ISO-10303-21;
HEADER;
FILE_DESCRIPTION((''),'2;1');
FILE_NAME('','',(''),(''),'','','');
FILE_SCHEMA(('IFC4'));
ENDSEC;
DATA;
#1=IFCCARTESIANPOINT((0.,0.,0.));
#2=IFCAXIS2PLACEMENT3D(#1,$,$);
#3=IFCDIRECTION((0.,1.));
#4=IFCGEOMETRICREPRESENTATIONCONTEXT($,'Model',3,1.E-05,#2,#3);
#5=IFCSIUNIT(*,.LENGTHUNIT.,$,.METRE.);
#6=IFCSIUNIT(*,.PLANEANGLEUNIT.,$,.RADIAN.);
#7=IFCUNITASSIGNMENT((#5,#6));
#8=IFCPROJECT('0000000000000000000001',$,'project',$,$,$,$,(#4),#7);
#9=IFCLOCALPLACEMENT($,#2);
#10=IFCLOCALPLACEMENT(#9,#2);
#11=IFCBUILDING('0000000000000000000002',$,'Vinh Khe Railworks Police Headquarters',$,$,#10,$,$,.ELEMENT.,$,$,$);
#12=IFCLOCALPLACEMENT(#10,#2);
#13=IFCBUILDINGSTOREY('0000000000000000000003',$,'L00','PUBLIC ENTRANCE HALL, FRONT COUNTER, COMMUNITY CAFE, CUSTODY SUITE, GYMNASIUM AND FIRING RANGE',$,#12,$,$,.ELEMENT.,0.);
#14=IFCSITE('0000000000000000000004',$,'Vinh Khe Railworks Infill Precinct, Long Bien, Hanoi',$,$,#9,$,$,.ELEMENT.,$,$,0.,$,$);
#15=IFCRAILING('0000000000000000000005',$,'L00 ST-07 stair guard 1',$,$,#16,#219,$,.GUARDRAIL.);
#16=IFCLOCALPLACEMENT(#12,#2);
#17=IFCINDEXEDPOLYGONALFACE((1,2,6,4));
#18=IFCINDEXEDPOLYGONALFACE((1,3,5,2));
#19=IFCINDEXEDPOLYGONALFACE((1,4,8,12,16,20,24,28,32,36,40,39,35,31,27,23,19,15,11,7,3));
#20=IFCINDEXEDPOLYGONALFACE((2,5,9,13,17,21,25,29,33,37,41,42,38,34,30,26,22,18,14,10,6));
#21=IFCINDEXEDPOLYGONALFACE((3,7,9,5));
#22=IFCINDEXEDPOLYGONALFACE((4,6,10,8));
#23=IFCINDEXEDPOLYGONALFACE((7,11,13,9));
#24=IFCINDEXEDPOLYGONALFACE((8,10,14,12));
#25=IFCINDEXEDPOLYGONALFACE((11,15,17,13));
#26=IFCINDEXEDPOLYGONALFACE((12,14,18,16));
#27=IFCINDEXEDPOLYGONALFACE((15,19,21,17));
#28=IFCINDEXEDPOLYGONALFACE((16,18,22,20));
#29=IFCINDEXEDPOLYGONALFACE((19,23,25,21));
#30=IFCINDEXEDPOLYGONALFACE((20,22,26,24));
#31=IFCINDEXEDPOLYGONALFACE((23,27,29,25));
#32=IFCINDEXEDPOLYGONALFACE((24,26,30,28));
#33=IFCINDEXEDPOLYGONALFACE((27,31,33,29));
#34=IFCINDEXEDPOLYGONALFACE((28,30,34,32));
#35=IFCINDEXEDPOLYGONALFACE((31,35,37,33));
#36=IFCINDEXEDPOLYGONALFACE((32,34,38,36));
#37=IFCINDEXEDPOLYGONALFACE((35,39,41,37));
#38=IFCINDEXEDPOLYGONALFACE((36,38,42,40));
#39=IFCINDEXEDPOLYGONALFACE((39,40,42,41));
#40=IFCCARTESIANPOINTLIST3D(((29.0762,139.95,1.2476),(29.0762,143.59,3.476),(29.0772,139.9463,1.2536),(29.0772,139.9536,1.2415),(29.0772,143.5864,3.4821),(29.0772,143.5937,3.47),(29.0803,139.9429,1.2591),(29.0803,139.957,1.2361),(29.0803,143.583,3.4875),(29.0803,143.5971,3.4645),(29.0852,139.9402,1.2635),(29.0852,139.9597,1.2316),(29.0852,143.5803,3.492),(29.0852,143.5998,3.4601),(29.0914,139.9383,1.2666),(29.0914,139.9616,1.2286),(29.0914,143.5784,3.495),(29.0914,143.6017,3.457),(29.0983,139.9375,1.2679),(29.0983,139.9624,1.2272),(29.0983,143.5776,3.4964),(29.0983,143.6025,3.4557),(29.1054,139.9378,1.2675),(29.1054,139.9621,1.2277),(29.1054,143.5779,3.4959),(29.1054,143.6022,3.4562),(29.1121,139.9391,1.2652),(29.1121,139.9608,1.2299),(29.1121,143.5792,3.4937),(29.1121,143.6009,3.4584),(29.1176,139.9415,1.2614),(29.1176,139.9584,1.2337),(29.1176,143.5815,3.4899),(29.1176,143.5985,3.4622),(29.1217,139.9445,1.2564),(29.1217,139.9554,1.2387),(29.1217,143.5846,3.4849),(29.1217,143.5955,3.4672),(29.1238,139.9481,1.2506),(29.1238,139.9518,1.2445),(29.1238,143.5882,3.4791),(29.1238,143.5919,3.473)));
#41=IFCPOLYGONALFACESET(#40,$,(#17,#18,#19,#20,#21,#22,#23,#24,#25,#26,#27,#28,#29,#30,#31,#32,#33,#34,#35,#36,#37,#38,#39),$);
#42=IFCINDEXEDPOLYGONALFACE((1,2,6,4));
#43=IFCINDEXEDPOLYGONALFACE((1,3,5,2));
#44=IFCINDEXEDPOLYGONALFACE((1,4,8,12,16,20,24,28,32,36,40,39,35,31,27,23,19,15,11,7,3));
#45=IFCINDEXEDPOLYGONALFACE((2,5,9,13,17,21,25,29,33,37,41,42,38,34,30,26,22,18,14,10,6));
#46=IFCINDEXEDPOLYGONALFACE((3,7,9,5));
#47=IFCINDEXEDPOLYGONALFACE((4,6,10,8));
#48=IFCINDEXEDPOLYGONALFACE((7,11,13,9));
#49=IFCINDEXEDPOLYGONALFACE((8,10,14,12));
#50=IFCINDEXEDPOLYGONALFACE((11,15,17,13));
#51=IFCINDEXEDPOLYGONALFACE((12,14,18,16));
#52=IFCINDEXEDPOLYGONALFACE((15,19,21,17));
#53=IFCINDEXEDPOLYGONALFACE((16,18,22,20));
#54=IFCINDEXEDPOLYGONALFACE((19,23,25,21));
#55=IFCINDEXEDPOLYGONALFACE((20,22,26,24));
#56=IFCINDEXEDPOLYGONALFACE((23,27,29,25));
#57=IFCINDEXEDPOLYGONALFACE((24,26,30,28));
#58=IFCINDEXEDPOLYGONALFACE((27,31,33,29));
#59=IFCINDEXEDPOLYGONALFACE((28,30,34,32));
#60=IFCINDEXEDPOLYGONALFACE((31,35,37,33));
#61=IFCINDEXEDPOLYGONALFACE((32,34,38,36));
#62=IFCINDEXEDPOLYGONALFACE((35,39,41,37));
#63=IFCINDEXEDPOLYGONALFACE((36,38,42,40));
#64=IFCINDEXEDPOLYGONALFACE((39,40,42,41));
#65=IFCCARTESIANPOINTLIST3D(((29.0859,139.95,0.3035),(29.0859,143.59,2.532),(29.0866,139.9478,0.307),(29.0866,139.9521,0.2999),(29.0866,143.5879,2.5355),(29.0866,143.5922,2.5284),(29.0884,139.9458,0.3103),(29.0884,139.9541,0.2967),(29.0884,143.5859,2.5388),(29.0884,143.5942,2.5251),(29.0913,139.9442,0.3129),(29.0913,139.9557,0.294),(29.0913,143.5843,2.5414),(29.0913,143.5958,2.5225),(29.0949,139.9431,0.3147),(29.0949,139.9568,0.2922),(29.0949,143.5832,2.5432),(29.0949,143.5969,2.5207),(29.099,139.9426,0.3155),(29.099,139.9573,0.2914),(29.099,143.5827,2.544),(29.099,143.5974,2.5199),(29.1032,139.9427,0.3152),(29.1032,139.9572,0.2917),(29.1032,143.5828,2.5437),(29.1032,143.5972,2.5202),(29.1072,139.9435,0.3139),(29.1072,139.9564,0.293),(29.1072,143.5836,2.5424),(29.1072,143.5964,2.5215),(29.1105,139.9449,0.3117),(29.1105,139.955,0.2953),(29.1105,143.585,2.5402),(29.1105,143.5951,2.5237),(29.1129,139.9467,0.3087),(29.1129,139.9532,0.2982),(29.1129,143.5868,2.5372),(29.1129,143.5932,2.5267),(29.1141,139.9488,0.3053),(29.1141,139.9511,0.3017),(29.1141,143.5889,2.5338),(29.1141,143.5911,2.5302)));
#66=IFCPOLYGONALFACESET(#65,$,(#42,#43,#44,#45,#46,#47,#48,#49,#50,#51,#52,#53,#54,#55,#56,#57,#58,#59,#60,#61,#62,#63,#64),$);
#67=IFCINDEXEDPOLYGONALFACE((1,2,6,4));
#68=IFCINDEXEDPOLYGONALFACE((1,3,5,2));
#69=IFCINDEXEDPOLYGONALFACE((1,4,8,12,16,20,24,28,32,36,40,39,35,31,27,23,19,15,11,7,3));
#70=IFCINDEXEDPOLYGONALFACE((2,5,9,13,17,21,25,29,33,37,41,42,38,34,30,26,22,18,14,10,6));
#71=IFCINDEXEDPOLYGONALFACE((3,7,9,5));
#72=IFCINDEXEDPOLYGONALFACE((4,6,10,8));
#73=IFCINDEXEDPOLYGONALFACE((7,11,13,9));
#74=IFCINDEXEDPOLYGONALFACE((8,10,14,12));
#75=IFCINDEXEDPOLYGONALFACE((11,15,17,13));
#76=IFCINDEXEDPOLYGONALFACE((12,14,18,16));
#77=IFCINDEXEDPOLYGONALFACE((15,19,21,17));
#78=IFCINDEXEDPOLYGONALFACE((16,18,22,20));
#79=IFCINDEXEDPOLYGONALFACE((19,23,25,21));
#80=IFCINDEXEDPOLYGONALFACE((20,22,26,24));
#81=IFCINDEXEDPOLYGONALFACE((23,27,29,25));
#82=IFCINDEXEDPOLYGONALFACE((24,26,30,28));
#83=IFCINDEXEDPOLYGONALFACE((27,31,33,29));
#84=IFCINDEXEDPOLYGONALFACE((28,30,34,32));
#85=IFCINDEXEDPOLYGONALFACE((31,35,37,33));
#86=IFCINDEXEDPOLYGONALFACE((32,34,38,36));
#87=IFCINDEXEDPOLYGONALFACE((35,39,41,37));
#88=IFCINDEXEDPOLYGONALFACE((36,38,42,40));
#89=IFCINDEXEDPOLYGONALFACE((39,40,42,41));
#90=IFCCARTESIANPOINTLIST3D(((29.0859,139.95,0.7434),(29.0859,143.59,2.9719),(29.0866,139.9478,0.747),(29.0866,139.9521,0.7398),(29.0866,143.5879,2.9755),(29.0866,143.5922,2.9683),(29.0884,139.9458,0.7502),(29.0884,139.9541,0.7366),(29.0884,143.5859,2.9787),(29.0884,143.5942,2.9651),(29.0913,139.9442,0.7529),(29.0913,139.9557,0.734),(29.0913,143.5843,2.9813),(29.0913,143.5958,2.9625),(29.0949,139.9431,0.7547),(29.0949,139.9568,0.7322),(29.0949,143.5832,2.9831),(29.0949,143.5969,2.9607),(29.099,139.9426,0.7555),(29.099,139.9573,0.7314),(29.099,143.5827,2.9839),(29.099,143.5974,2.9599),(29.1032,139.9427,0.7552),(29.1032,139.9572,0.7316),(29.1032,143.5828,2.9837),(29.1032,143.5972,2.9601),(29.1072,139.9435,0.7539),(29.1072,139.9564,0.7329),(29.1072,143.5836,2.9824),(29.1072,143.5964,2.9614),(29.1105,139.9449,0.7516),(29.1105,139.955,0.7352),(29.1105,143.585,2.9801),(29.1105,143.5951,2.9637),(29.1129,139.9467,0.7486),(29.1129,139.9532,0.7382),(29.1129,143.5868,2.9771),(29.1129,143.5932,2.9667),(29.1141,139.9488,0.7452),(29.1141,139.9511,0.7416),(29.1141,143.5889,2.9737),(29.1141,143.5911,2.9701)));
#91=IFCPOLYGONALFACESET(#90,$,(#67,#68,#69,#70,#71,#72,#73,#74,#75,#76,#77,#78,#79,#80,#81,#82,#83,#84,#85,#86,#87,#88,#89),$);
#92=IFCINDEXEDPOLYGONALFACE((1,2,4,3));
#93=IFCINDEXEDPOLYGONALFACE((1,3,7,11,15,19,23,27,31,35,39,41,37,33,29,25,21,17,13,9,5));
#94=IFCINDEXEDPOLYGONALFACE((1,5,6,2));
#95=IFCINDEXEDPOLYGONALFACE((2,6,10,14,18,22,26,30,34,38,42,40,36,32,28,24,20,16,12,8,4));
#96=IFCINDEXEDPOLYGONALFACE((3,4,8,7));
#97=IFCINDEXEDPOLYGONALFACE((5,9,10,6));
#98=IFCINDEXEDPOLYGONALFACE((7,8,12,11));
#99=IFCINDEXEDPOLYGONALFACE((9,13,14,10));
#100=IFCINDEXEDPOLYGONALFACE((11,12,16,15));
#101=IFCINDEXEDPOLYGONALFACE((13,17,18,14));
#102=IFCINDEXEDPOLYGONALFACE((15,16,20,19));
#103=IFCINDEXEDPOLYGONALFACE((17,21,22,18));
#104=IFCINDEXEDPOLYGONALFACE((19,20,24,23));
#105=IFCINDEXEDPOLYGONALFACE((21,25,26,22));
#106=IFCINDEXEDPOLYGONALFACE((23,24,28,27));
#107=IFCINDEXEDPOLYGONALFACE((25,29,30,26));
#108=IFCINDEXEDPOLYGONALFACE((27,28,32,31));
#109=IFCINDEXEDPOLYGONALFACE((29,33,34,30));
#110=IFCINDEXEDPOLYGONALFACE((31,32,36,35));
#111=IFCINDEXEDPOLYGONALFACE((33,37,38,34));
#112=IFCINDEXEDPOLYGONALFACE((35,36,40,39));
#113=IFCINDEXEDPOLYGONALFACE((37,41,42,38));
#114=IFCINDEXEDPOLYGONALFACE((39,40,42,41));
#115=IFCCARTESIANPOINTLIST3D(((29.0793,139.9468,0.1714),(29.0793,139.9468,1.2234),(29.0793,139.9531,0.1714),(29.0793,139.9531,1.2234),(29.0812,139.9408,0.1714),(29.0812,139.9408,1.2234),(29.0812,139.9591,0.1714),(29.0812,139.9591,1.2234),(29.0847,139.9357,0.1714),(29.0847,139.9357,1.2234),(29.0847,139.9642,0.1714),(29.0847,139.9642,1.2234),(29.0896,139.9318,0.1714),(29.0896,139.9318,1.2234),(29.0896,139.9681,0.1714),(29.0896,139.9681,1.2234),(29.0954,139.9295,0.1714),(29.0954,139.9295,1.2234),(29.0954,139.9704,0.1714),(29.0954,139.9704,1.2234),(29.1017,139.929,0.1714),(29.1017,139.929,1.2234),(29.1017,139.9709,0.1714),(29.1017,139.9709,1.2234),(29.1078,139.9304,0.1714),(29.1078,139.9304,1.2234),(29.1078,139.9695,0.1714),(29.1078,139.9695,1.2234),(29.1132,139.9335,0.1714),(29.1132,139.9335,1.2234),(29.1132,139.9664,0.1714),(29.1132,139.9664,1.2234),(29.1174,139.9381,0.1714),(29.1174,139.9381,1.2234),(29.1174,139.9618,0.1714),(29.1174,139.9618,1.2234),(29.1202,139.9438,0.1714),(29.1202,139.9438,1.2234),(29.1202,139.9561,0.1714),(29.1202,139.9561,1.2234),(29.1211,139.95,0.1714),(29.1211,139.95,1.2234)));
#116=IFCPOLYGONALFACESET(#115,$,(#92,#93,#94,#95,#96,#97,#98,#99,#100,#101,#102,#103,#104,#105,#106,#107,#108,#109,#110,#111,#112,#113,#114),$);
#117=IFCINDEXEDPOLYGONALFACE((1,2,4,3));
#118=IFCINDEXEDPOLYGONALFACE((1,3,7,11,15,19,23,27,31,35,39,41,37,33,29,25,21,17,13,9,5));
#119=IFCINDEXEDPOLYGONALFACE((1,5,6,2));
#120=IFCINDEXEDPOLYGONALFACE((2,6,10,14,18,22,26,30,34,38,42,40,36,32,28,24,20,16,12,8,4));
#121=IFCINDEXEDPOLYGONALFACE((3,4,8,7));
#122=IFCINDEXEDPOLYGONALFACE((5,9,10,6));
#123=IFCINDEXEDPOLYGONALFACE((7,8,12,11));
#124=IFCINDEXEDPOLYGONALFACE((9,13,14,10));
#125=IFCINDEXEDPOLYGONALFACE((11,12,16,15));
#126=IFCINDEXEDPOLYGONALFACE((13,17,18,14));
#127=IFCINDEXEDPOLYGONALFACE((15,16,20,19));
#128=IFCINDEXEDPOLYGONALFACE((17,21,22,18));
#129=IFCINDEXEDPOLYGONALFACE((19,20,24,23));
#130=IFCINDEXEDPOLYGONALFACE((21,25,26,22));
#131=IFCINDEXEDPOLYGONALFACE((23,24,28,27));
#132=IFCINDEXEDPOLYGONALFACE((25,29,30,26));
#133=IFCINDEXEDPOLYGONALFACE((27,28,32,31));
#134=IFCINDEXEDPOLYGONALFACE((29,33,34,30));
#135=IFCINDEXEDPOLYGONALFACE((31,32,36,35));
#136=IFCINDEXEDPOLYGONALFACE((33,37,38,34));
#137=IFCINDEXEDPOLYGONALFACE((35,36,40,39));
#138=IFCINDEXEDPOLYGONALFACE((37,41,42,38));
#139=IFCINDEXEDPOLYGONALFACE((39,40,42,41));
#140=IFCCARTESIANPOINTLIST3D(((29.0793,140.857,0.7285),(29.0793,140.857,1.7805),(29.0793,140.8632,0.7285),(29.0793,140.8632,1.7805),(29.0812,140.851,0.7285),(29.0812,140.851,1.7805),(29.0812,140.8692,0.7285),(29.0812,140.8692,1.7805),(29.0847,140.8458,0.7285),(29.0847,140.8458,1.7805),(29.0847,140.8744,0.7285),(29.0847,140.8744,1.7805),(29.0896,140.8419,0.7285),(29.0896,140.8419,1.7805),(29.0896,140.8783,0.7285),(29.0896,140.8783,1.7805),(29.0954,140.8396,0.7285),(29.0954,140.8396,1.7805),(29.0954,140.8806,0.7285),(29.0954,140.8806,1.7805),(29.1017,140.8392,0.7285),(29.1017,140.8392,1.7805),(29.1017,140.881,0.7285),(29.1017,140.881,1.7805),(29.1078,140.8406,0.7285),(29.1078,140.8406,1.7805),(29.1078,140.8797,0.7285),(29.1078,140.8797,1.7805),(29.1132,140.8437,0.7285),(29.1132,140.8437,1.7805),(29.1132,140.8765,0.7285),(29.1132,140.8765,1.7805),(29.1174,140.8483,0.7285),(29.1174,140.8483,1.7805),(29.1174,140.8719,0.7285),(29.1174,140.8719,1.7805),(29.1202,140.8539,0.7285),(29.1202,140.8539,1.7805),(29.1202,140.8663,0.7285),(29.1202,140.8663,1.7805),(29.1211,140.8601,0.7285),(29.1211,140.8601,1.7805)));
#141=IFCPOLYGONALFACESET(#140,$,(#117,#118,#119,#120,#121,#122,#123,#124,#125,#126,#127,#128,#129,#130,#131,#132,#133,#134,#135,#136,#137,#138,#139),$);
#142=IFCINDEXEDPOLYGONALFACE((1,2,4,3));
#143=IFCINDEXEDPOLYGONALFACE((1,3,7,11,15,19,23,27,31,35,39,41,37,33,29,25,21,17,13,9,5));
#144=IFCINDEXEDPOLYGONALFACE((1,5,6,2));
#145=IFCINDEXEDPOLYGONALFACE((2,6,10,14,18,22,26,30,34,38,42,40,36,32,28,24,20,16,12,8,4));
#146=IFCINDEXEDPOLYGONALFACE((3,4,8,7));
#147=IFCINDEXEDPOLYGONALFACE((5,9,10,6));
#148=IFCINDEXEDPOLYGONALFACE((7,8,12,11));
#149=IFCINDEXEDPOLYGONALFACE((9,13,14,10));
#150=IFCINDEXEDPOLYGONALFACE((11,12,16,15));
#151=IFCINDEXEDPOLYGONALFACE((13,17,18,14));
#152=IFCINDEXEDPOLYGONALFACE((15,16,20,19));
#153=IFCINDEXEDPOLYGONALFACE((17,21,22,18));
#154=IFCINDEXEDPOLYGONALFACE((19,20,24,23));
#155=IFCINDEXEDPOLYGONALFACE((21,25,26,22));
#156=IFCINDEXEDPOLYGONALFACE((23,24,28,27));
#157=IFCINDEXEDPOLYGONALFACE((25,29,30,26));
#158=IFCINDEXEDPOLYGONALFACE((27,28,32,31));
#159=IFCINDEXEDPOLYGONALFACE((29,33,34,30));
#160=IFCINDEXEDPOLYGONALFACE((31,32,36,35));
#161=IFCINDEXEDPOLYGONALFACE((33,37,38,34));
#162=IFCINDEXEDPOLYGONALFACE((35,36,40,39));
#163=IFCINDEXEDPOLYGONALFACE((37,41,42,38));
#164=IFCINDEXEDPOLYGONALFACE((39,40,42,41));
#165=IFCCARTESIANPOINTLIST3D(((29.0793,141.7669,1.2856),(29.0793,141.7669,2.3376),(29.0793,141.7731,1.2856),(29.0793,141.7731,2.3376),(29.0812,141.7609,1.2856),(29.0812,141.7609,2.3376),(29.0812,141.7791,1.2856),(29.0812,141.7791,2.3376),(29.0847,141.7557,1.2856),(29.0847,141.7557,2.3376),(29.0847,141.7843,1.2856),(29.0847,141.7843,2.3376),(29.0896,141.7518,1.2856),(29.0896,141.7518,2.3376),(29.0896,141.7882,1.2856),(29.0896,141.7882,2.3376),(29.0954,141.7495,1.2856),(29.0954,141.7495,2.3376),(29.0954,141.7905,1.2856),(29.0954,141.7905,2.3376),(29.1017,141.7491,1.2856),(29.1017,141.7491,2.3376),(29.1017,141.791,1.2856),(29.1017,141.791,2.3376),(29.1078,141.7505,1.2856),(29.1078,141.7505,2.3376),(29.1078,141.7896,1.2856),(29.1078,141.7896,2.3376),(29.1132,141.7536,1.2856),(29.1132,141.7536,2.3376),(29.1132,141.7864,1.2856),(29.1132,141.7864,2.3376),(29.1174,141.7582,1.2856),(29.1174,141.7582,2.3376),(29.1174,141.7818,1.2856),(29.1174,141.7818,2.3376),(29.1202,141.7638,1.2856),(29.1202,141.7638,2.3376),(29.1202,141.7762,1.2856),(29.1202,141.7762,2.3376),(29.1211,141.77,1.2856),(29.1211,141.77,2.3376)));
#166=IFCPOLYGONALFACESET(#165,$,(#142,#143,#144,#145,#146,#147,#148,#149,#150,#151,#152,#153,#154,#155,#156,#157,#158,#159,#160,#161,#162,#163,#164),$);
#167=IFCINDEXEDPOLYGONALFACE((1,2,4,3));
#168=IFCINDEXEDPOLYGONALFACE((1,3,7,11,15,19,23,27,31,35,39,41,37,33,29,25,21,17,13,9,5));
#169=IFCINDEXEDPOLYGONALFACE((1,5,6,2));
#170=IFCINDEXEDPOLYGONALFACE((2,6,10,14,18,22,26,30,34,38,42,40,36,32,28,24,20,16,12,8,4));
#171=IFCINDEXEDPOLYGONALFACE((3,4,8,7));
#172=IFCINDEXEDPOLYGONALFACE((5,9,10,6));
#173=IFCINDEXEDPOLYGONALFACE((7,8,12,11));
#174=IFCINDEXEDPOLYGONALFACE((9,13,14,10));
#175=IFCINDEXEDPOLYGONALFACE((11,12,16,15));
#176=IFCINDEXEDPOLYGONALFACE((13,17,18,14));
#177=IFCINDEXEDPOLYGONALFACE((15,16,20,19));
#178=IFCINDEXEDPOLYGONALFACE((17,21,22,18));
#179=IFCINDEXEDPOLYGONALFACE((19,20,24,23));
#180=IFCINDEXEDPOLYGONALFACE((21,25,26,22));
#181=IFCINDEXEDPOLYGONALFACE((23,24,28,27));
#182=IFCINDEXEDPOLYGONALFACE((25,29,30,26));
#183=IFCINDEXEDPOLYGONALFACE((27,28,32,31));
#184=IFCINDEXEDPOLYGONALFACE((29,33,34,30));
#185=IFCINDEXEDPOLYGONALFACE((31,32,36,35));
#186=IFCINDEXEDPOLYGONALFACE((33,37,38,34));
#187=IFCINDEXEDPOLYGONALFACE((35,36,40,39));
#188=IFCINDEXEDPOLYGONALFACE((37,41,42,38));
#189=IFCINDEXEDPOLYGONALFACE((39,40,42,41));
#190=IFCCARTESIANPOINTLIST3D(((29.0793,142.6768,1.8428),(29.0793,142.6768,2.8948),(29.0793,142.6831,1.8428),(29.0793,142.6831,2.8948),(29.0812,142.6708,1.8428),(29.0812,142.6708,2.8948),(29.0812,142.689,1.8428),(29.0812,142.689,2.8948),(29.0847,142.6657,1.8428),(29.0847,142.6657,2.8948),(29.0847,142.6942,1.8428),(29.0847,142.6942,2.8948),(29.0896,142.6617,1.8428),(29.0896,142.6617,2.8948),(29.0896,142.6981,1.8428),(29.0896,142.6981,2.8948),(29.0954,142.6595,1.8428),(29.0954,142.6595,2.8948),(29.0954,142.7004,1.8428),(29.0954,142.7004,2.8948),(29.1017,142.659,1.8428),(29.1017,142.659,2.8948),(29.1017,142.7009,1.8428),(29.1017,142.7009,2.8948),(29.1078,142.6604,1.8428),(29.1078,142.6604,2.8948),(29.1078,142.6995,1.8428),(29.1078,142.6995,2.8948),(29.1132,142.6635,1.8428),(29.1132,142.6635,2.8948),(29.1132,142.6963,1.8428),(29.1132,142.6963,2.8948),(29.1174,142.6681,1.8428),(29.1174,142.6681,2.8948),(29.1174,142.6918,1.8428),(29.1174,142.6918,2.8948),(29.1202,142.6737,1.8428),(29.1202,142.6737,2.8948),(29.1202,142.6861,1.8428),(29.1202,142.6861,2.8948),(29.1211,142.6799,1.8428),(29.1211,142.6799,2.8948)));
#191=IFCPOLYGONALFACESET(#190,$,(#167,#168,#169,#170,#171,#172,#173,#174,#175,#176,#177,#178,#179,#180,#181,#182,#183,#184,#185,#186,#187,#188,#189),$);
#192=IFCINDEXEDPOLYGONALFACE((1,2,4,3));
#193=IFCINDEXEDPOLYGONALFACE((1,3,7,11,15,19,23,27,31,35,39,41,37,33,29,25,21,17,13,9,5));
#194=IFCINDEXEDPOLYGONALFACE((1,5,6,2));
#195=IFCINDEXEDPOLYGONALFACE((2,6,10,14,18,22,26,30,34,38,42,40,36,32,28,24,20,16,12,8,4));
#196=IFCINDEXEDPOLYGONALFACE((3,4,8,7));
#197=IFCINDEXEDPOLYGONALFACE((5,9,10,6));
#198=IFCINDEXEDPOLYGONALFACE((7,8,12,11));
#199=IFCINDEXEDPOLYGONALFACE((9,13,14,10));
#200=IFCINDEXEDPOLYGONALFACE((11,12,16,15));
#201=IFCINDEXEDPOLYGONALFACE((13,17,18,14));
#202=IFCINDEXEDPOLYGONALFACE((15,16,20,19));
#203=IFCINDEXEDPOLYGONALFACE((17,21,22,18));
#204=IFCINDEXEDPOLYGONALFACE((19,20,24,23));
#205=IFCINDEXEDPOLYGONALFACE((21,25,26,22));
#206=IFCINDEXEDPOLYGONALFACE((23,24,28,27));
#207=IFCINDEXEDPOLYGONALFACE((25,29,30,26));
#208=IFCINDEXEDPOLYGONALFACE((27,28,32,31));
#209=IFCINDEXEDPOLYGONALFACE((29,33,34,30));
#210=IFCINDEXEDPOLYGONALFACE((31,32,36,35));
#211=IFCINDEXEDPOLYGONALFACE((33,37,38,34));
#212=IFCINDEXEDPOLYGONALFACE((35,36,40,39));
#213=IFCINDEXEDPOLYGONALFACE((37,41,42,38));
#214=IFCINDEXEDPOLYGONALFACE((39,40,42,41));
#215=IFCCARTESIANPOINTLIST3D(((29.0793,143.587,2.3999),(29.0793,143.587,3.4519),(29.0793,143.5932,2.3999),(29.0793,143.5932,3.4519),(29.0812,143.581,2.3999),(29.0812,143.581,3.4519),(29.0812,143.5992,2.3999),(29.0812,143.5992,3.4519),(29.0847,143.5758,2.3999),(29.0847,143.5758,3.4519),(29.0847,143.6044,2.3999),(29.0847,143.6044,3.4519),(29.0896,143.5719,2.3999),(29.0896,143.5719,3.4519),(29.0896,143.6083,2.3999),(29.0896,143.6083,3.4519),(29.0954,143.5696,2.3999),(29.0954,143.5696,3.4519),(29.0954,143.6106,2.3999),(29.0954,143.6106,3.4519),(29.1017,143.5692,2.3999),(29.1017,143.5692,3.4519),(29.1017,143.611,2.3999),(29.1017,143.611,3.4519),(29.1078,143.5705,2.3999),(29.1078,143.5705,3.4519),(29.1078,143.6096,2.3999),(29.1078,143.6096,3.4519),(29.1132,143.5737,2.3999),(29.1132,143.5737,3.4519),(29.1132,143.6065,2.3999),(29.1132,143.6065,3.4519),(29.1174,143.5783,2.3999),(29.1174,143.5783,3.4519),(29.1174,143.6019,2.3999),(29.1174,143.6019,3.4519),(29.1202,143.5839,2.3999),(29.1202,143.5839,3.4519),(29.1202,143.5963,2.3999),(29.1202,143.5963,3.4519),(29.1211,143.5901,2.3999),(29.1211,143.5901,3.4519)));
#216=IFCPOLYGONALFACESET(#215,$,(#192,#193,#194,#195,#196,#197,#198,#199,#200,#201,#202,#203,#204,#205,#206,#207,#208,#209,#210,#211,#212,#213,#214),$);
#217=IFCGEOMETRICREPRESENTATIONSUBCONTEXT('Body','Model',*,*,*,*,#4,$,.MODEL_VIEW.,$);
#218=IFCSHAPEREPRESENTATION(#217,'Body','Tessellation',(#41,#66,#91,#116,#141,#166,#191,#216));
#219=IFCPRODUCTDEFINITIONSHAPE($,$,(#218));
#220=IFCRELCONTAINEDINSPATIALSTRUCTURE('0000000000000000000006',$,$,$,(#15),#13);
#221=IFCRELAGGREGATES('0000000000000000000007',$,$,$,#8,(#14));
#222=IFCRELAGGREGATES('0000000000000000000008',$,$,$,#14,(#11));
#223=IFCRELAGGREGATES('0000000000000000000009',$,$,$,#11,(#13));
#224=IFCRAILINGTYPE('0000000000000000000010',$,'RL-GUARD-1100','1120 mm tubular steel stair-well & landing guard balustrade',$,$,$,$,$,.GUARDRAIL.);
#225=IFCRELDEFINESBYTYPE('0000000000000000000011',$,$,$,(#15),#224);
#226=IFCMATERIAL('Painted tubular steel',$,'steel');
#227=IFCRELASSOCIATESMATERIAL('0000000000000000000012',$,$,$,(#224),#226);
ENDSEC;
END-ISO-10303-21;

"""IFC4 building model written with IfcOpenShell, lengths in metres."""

from ifc_helpers import new_model, si_unit, direction, frame, origin, origin_2d, place, context, subcontext, project, spatial, circle, extrude, material, type_object, element, save


model = new_model("IFC4")

# Units and contexts
model_context = context("Model", 3, precision=1e-05, world=origin(), true_north=direction((0.0, 1.0)))
body_context = subcontext(model_context, "Body", "Model", "MODEL_VIEW")
ifc_project = project(units=[si_unit("LENGTHUNIT", "METRE"), si_unit("PLANEANGLEUNIT", "RADIAN")], contexts=[model_context])

# Site, building, storey
site_placement = place(None, origin())
site = spatial("IfcSite", under=ifc_project, at=site_placement, Name="Vinh Khe Railworks Infill Precinct, Long Bien, Hanoi", CompositionType="ELEMENT", RefElevation=0.0)
building_placement = place(site_placement, origin())
building = spatial("IfcBuilding", under=site, at=building_placement, Name="Vinh Khe Railworks Police Headquarters", CompositionType="ELEMENT")
storey_placement = place(building_placement, origin())
storey = spatial("IfcBuildingStorey", under=building, at=storey_placement, Name="L00", Description="PUBLIC ENTRANCE HALL, FRONT COUNTER, COMMUNITY CAFE, CUSTODY SUITE, GYMNASIUM AND FIRING RANGE", CompositionType="ELEMENT", Elevation=0.0)

# Railing
ifc_material_1 = material(Name="Painted tubular steel", Category="steel")
railing_type_1 = type_object("IfcRailingType", Name="RL-GUARD-1100", Description="1120 mm tubular steel stair-well & landing guard balustrade", PredefinedType="GUARDRAIL", material=ifc_material_1)
railing_1_placement = place(storey_placement, frame((29.1001, 139.95, 0.1714)))
element("IfcRailing", 1, at=railing_1_placement, inside=storey, type_object=railing_type_1, Name="L00 ST-07 stair guard 1", PredefinedType="GUARDRAIL", context=body_context, shape_type="SweptSolid", body=[
    extrude(circle(Radius=0.0239, at=origin_2d()), frame((0.0, 0.0, 1.0762), z_axis=(0.0, 0.852866, 0.52213), x_axis=(-1.0, 0.0, 0.0)), (0.0, 0.0, 1.0), 4.2681),
    extrude(circle(Radius=0.0142, at=origin_2d()), frame((0.0, 0.0, 0.1321), z_axis=(0.0, 0.852866, 0.52213), x_axis=(-1.0, 0.0, 0.0)), (0.0, 0.0, 1.0), 4.2681),
    extrude(circle(Radius=0.0142, at=origin_2d()), frame((0.0, 0.0, 0.572), z_axis=(0.0, 0.852866, 0.52213), x_axis=(-1.0, 0.0, 0.0)), (0.0, 0.0, 1.0), 4.2681),
    extrude(circle(Radius=0.021, at=origin_2d()), origin(), (0.0, 0.0, 1.0), 1.052),
    extrude(circle(Radius=0.021, at=origin_2d()), frame((0.0, 0.9102, 0.5571)), (0.0, 0.0, 1.0), 1.052),
    extrude(circle(Radius=0.021, at=origin_2d()), frame((0.0, 1.8201, 1.1143)), (0.0, 0.0, 1.0), 1.052),
    extrude(circle(Radius=0.021, at=origin_2d()), frame((0.0, 2.73, 1.6714)), (0.0, 0.0, 1.0), 1.052),
    extrude(circle(Radius=0.021, at=origin_2d()), frame((0.0, 3.6401, 2.2285)), (0.0, 0.0, 1.0), 1.052),
])

save(model, "model.ifc")
